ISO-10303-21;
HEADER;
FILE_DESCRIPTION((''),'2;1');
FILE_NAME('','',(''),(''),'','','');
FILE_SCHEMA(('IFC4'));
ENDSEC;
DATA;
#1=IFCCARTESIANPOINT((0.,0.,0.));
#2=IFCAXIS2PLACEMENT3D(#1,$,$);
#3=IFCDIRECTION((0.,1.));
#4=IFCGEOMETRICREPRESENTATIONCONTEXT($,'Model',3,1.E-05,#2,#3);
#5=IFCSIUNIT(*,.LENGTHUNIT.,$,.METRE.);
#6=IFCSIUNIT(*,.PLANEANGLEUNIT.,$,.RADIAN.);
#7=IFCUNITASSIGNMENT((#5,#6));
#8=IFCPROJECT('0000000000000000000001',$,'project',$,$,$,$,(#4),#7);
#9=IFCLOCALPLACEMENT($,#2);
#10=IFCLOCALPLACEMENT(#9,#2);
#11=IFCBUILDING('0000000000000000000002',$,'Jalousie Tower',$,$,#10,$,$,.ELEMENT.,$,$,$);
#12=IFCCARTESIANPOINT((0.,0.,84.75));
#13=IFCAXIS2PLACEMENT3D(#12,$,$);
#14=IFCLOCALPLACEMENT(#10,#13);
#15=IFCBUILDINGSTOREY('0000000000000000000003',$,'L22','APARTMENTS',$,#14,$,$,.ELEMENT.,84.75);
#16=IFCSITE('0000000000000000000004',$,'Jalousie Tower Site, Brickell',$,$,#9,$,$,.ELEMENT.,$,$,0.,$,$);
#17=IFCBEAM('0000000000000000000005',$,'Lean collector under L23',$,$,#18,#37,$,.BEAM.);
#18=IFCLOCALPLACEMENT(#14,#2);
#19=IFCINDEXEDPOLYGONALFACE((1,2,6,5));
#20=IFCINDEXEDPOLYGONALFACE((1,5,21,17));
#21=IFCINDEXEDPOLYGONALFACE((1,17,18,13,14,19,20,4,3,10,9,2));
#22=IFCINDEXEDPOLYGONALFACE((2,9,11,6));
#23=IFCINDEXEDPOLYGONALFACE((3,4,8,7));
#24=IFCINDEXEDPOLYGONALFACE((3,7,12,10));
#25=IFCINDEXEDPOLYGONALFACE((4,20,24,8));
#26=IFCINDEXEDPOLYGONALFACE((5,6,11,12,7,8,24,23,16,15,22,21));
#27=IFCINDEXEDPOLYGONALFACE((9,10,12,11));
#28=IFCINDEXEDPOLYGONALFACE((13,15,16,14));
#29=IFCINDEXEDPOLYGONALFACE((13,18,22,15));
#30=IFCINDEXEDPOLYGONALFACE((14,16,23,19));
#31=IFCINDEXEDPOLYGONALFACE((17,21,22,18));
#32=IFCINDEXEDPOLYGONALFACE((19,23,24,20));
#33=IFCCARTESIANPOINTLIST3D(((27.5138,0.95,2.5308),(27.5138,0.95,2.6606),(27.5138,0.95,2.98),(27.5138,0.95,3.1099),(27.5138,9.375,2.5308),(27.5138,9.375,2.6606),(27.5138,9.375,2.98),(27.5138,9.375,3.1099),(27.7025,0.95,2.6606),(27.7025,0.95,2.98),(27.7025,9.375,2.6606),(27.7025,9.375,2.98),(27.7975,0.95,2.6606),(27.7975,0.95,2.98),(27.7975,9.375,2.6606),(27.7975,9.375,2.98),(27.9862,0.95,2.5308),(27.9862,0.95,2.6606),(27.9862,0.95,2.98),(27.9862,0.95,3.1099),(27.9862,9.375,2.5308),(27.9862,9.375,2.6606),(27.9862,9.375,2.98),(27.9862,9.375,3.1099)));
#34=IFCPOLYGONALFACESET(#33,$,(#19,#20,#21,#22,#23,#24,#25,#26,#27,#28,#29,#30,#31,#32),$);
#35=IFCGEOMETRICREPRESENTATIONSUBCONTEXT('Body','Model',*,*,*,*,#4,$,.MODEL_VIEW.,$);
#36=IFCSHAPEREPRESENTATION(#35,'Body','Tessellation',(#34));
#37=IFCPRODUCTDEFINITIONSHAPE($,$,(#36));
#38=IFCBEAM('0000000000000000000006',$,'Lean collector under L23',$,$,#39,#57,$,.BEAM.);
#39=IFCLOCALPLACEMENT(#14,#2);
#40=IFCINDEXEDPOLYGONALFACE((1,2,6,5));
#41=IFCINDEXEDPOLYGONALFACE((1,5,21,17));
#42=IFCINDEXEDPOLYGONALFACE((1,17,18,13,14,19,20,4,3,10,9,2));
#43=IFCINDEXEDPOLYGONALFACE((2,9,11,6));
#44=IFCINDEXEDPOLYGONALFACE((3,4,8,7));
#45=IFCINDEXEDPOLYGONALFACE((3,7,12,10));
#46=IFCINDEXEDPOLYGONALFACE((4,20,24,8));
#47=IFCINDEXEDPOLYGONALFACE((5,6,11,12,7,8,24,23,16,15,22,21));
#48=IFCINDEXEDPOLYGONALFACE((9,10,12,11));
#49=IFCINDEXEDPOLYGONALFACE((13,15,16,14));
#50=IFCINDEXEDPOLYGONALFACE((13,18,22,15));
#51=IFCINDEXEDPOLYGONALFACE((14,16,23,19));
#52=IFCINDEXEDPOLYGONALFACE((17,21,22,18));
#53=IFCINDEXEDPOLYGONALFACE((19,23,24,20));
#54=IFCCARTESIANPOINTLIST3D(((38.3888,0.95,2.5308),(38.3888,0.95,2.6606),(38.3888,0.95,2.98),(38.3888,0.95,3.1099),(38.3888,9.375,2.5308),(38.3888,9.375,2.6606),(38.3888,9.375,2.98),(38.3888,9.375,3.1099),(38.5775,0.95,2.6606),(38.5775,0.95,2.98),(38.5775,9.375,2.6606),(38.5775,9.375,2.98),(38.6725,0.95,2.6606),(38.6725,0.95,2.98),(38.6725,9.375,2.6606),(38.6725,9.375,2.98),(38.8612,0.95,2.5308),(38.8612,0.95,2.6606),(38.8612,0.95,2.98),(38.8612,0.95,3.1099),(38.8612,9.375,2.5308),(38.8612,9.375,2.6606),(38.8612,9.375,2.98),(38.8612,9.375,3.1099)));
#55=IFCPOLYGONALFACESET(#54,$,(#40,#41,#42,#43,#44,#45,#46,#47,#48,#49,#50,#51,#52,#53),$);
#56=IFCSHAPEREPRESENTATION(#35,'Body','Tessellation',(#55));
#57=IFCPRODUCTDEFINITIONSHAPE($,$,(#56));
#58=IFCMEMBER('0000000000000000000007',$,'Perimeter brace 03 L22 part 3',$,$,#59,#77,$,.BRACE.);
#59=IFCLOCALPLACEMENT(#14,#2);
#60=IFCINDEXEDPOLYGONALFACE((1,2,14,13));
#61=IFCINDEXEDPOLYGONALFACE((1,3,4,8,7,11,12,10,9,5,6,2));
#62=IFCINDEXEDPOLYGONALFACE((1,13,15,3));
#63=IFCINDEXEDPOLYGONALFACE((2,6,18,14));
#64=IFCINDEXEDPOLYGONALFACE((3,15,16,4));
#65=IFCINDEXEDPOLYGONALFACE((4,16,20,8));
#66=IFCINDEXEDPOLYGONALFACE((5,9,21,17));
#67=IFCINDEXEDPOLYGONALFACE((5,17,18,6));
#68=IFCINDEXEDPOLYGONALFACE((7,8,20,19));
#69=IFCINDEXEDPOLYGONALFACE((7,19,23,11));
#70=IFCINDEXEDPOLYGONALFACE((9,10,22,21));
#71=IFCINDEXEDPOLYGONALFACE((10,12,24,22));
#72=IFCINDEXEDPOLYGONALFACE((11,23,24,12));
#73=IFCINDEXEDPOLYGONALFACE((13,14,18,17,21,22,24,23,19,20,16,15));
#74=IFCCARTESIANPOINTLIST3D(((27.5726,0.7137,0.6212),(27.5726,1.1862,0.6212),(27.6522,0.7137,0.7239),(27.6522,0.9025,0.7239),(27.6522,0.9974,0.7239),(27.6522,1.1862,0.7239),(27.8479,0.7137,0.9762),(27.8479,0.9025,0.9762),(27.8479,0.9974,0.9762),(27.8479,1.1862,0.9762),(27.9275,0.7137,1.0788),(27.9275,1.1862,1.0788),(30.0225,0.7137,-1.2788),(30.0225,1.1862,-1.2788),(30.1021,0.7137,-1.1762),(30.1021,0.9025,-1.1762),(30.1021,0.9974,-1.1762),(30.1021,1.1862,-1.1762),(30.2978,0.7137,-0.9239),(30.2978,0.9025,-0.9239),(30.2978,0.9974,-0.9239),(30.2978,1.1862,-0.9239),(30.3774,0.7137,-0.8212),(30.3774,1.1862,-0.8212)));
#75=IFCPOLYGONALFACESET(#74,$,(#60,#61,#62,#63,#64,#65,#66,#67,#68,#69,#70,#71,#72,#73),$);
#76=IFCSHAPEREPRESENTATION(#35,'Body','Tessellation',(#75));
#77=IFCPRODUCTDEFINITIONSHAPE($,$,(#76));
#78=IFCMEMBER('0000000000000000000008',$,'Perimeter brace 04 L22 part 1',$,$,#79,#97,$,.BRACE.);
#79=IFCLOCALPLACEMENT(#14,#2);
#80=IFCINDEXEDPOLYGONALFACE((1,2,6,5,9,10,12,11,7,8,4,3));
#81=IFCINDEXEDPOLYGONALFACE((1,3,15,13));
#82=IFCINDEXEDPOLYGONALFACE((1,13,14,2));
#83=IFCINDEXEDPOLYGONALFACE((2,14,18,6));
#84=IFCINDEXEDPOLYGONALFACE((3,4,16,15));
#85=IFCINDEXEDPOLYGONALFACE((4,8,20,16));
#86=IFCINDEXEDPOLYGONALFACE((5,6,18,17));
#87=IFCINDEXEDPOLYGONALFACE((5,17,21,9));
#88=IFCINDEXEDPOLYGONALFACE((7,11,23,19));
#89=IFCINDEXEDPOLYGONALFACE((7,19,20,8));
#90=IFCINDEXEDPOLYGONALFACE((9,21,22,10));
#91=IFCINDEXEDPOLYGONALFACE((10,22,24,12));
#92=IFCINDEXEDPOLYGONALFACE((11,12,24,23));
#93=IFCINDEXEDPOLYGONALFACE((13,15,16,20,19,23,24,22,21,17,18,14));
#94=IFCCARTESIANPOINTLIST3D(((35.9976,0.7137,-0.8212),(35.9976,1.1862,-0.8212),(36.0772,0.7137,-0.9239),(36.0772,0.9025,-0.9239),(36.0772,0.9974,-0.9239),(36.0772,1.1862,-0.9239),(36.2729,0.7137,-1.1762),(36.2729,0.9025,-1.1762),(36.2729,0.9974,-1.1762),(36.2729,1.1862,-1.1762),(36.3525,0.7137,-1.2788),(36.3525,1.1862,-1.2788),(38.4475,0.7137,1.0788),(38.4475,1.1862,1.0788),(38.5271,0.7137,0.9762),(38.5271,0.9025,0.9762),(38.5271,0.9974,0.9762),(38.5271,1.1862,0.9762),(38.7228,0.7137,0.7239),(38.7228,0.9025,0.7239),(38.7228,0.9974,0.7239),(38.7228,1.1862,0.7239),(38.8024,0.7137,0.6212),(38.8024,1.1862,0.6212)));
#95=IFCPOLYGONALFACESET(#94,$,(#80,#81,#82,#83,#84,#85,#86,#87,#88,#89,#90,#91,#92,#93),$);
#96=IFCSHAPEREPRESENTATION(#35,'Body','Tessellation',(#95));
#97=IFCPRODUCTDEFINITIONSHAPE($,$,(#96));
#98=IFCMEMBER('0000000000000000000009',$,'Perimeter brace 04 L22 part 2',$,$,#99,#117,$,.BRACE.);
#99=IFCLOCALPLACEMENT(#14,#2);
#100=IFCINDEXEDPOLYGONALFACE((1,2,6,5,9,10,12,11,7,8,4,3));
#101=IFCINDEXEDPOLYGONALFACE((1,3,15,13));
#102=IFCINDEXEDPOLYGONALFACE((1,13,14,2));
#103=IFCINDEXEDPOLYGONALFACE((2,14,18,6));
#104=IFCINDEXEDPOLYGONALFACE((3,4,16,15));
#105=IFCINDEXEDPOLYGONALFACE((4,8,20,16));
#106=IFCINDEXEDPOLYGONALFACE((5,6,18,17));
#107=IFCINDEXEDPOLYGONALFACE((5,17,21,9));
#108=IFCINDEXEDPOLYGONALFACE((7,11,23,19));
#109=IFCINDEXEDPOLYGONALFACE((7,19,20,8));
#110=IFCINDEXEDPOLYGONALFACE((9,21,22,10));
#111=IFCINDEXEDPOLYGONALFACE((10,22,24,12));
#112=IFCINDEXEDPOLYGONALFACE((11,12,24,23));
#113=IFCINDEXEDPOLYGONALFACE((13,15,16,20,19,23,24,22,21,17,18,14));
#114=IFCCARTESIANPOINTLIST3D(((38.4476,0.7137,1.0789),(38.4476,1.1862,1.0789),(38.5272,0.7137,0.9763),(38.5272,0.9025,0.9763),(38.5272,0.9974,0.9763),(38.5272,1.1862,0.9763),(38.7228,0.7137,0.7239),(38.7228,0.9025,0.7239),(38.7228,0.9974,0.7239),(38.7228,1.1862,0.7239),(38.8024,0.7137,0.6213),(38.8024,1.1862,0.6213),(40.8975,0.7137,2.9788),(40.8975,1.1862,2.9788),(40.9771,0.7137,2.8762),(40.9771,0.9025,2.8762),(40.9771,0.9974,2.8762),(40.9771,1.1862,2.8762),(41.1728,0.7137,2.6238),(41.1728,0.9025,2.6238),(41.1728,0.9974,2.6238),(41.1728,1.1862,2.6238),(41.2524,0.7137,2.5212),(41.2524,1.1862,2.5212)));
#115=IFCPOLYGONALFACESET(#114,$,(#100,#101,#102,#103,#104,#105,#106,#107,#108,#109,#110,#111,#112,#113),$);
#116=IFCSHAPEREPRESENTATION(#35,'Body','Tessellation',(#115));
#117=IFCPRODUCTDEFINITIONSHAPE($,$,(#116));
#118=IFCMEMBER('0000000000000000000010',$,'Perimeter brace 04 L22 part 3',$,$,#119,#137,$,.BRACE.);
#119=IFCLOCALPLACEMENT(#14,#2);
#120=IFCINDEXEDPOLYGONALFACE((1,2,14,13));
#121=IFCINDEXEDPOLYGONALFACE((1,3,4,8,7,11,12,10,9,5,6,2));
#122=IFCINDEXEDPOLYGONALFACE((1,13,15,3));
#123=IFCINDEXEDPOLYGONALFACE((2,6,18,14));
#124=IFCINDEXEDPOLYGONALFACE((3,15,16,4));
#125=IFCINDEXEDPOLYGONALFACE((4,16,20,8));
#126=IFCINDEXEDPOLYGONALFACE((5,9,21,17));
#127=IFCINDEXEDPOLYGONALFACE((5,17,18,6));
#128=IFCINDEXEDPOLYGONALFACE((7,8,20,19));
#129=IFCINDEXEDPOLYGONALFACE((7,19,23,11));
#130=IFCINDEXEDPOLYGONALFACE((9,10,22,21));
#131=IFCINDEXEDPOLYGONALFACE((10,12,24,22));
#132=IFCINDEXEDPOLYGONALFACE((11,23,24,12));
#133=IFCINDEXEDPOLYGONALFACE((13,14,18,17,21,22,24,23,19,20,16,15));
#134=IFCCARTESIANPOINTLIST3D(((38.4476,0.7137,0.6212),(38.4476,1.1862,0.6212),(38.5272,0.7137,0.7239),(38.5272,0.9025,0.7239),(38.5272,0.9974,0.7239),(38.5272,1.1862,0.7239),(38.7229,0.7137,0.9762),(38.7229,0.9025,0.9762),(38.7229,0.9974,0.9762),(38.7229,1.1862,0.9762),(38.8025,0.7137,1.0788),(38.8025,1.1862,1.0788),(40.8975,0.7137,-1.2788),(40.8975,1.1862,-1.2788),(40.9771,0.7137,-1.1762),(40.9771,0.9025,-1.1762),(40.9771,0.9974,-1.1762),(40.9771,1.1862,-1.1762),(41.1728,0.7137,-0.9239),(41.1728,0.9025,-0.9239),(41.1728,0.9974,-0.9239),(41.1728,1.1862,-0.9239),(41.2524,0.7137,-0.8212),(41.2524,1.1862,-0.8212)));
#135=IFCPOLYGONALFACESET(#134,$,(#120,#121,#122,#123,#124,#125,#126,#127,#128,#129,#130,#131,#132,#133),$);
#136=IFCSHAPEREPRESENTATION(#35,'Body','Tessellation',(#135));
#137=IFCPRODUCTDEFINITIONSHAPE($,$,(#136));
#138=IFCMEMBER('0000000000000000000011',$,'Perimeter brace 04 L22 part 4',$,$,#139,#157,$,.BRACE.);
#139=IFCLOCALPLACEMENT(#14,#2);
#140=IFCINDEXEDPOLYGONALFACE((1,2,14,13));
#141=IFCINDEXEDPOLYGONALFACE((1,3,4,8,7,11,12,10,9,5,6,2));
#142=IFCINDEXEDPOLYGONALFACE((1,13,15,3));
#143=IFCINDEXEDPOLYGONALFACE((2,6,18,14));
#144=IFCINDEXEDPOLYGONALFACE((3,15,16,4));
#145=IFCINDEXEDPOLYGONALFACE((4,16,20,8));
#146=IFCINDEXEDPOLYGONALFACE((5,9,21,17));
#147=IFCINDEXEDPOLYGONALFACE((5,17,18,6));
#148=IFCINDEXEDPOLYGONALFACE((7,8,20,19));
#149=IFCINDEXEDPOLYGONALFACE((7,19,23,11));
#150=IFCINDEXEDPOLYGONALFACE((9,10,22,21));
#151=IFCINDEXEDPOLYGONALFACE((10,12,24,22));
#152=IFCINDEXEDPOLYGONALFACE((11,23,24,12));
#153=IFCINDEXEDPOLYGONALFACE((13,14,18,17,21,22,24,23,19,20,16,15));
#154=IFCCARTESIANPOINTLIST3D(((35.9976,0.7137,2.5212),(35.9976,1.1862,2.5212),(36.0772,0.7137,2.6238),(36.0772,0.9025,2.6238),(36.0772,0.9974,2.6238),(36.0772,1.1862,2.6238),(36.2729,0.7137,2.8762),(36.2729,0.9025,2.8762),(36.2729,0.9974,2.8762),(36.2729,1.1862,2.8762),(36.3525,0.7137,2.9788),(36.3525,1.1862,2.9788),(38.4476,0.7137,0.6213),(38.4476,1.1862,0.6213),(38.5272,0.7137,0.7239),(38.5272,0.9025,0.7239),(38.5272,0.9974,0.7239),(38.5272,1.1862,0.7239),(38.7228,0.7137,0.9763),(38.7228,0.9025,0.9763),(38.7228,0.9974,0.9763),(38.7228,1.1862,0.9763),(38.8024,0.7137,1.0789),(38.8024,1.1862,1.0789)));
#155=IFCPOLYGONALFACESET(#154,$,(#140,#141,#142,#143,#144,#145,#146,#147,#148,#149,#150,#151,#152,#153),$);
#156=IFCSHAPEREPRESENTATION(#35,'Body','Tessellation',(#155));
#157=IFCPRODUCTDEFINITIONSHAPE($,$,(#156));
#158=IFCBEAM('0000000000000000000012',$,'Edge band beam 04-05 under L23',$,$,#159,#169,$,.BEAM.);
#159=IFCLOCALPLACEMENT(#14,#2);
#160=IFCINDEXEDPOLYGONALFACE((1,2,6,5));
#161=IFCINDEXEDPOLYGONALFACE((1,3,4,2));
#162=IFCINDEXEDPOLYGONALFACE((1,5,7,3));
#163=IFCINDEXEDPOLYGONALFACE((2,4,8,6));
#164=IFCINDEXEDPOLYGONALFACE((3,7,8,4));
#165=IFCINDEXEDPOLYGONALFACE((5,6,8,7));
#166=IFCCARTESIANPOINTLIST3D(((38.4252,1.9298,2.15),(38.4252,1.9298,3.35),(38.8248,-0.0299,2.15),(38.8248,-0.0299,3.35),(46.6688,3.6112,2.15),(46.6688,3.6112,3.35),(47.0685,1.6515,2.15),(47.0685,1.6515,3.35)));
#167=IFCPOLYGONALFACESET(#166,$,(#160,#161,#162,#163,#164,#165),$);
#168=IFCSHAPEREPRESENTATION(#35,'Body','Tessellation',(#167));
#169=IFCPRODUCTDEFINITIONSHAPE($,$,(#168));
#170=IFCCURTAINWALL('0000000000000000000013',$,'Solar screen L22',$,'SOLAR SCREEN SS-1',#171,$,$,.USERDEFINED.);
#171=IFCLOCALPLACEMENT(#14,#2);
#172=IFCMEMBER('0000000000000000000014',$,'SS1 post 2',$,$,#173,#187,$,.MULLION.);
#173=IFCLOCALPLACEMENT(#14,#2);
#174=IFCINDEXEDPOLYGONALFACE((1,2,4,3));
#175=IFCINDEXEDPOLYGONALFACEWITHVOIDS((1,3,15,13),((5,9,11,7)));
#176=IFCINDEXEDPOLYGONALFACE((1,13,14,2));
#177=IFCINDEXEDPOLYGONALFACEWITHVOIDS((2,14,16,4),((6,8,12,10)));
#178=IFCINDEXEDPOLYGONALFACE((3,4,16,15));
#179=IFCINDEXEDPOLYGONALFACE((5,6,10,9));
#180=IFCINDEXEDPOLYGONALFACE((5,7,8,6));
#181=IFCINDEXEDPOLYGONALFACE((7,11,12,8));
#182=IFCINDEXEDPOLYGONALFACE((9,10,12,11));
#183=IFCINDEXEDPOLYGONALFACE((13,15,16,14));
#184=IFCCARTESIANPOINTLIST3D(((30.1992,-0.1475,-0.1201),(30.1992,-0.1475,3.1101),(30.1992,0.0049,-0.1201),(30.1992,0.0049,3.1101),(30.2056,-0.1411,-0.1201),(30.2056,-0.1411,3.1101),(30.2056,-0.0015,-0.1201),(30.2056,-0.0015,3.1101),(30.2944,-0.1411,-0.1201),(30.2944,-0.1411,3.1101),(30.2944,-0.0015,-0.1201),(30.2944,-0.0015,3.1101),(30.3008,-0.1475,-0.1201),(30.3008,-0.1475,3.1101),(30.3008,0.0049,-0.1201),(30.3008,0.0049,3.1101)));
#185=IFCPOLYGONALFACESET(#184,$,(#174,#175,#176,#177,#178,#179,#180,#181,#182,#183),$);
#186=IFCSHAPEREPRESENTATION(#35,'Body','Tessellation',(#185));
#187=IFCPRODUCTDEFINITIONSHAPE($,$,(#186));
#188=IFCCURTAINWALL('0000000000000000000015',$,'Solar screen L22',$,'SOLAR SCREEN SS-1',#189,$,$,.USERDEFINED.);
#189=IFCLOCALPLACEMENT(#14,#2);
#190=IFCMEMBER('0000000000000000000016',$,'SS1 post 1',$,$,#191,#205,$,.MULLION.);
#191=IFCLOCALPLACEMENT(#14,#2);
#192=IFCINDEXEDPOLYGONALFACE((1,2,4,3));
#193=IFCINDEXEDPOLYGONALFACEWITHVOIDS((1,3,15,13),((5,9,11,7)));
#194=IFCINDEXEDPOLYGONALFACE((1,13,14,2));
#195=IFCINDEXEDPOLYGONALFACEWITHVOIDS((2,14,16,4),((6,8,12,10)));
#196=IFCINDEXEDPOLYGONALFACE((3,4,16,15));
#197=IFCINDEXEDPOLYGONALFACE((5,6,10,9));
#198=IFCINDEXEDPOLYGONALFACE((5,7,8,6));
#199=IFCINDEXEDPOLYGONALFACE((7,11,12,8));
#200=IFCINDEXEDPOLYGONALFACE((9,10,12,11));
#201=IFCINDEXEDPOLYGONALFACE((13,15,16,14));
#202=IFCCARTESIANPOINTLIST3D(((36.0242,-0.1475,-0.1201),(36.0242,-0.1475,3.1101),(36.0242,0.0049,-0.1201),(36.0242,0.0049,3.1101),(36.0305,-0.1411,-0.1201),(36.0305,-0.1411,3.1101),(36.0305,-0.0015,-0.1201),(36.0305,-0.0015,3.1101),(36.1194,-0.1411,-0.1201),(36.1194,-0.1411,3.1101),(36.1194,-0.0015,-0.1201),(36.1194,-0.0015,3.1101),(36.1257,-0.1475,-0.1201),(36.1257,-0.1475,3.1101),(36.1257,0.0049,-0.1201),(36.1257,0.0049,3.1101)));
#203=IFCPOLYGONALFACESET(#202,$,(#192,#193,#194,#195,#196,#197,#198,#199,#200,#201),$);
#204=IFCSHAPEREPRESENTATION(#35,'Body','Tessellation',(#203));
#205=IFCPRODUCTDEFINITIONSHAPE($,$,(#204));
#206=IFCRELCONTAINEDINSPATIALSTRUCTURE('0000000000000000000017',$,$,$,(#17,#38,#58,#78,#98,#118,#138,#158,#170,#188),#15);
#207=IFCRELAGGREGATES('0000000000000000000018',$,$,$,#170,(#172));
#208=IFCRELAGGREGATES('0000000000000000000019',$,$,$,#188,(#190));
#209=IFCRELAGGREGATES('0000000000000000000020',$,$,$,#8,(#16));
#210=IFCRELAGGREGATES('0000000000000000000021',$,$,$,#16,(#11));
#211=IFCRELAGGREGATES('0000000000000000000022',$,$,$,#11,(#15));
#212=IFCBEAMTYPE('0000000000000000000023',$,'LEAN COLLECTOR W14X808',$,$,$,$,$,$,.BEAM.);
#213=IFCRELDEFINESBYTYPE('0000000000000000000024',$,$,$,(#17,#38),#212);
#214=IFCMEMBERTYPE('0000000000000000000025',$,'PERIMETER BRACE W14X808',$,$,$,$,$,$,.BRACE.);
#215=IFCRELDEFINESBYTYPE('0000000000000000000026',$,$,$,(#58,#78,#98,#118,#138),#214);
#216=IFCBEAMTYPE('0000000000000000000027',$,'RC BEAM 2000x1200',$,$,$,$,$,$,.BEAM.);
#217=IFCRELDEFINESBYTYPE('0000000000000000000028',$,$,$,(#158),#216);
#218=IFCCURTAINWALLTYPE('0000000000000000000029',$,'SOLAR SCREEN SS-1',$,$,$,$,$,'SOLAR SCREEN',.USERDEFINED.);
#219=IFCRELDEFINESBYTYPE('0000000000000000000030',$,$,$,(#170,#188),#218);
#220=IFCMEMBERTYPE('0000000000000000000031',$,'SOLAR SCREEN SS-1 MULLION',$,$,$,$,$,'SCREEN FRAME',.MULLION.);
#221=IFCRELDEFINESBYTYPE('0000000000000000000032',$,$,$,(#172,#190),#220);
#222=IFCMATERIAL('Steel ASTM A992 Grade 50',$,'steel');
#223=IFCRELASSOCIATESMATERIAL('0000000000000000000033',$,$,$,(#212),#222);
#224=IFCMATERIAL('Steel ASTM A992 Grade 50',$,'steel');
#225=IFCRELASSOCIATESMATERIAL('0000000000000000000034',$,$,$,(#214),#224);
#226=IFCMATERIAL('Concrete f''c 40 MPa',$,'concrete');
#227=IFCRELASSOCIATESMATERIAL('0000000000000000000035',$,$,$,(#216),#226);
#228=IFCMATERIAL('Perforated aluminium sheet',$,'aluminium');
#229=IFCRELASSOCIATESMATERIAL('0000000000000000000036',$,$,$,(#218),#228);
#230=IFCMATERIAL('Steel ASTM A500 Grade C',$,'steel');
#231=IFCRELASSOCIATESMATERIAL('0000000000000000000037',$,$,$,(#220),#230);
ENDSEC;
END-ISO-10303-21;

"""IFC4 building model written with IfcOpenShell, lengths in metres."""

from ifc_helpers import new_model, si_unit, direction, frame, origin, origin_2d, place, context, subcontext, project, spatial, rectangle, hollow_rectangle, i_section, extrude, material, material_profile, profile_set, type_object, element, aggregate, save


model = new_model("IFC4")

# Units and contexts
model_context = context("Model", 3, precision=1e-05, world=origin(), true_north=direction((0.0, 1.0)))
body_context = subcontext(model_context, "Body", "Model", "MODEL_VIEW")
ifc_project = project(units=[si_unit("LENGTHUNIT", "METRE"), si_unit("PLANEANGLEUNIT", "RADIAN")], contexts=[model_context])

# Site, building, storey
site_placement = place(None, origin())
site = spatial("IfcSite", under=ifc_project, at=site_placement, Name="Jalousie Tower Site, Brickell", CompositionType="ELEMENT", RefElevation=0.0)
building_placement = place(site_placement, origin())
building = spatial("IfcBuilding", under=site, at=building_placement, Name="Jalousie Tower", CompositionType="ELEMENT")
storey_placement = place(building_placement, frame((0.0, 0.0, 84.75)))
storey = spatial("IfcBuildingStorey", under=building, at=storey_placement, Name="L22", Description="APARTMENTS", CompositionType="ELEMENT", Elevation=84.75)

# Beams
ifc_material_1 = material(Name="Steel ASTM A992 Grade 50", Category="steel")
ifc_material_profile_1 = material_profile(ifc_material_1, i_section(OverallWidth=0.4724, OverallDepth=0.5791, WebThickness=0.095, FlangeThickness=0.1299, at=origin_2d()), Name="W14X808")
ifc_profile_set_1 = profile_set([ifc_material_profile_1], Name="Steel ASTM A992 Grade 50")
beam_type_1 = type_object("IfcBeamType", Name="LEAN COLLECTOR W14X808", PredefinedType="BEAM", material=ifc_profile_set_1)
for number, where, z_axis, x_axis, name in (
    (1, (27.75, 0.95, 2.8203), (0.0, 1.0, 0.0), (-1.0, 0.0, 0.0), "Lean collector under L23"),
    (2, (38.625, 0.95, 2.8203), (0.0, 1.0, 0.0), (-1.0, 0.0, 0.0), "Lean collector under L23"),
):
    element("IfcBeam", number, at=place(storey_placement, frame(where, z_axis=z_axis, x_axis=x_axis)), inside=storey, type_object=beam_type_1, Name=name, PredefinedType="BEAM", context=body_context, shape_type="SweptSolid", body=[
        extrude(i_section(OverallWidth=0.4724, OverallDepth=0.5791, WebThickness=0.095, FlangeThickness=0.1299, at=origin_2d()), origin(), (0.0, 0.0, 1.0), 8.425),
    ])

# Members
ifc_material_2 = material(Name="Steel ASTM A992 Grade 50", Category="steel")
ifc_material_profile_2 = material_profile(ifc_material_2, i_section(OverallWidth=0.4724, OverallDepth=0.5791, WebThickness=0.095, FlangeThickness=0.1299, at=origin_2d()), Name="W14X808")
ifc_profile_set_2 = profile_set([ifc_material_profile_2], Name="Steel ASTM A992 Grade 50")
member_type_1 = type_object("IfcMemberType", Name="PERIMETER BRACE W14X808", PredefinedType="BRACE", material=ifc_profile_set_2)
for number, where, z_axis, x_axis, name in (
    (3, (30.2, 0.95, -1.05), (-0.790191, 0.0, 0.612861), (0.0, -1.0, 0.0), "Perimeter brace 03 L22 part 3"),
    (4, (36.175, 0.95, -1.05), (0.790191, 0.0, 0.612861), (0.0, 1.0, 0.0), "Perimeter brace 04 L22 part 1"),
    (5, (38.625, 0.95, 0.8501), (0.790229, 0.0, 0.612811), (0.0, 1.0, 0.0), "Perimeter brace 04 L22 part 2"),
    (6, (41.075, 0.95, -1.05), (-0.790191, 0.0, 0.612861), (0.0, -1.0, 0.0), "Perimeter brace 04 L22 part 3"),
    (7, (38.625, 0.95, 0.8501), (-0.790229, 0.0, 0.612811), (0.0, -1.0, 0.0), "Perimeter brace 04 L22 part 4"),
):
    element("IfcMember", number, at=place(storey_placement, frame(where, z_axis=z_axis, x_axis=x_axis)), inside=storey, type_object=member_type_1, Name=name, PredefinedType="BRACE", context=body_context, shape_type="SweptSolid", body=[
        extrude(i_section(OverallWidth=0.4724, OverallDepth=0.5791, WebThickness=0.095, FlangeThickness=0.1299, at=origin_2d()), origin(), (0.0, 0.0, 1.0), 3.1003),
    ])

# Beam
ifc_material_3 = material(Name="Concrete f'c 40 MPa", Category="concrete")
ifc_material_profile_3 = material_profile(ifc_material_3, rectangle(XDim=2.0, YDim=1.2, at=origin_2d()), Name="RC 2000x1200")
ifc_profile_set_3 = profile_set([ifc_material_profile_3], Name="Concrete f'c 40 MPa")
beam_type_2 = type_object("IfcBeamType", Name="RC BEAM 2000x1200", PredefinedType="BEAM", material=ifc_profile_set_3)
beam_placement = place(storey_placement, frame((38.625, 0.95, 2.75), z_axis=(0.979827, 0.199848, 0.0), x_axis=(-0.199848, 0.979827, 0.0)))
element("IfcBeam", 8, at=beam_placement, inside=storey, type_object=beam_type_2, Name="Edge band beam 04-05 under L23", PredefinedType="BEAM", context=body_context, shape_type="SweptSolid", body=[
    extrude(rectangle(XDim=2.0, YDim=1.2, at=origin_2d()), origin(), (0.0, 0.0, 1.0), 8.4133),
])

# Curtain wall, member
ifc_material_4 = material(Name="Perforated aluminium sheet", Category="aluminium")
curtain_wall_type = type_object("IfcCurtainWallType", Name="SOLAR SCREEN SS-1", ElementType="SOLAR SCREEN", PredefinedType="USERDEFINED", material=ifc_material_4)
curtain_wall_1_placement = place(storey_placement, origin())
curtain_wall_1 = element("IfcCurtainWall", 9, at=curtain_wall_1_placement, inside=storey, type_object=curtain_wall_type, Name="Solar screen L22", ObjectType="SOLAR SCREEN SS-1", PredefinedType="USERDEFINED")
ifc_material_5 = material(Name="Steel ASTM A500 Grade C", Category="steel")
ifc_material_profile_4 = material_profile(ifc_material_5, hollow_rectangle(XDim=0.1016, YDim=0.1523, WallThickness=0.0063, at=origin_2d()), Name="HSS6X4X1/4")
ifc_profile_set_4 = profile_set([ifc_material_profile_4], Name="Steel ASTM A500 Grade C")
member_type_2 = type_object("IfcMemberType", Name="SOLAR SCREEN SS-1 MULLION", ElementType="SCREEN FRAME", PredefinedType="MULLION", material=ifc_profile_set_4)
member_1_placement = place(storey_placement, frame((30.25, -0.0713, -0.1201), z_axis=(0.0, 0.0, 1.0), x_axis=(1.0, 0.0, 0.0)))
member_1 = element("IfcMember", 10, at=member_1_placement, type_object=member_type_2, Name="SS1 post 2", PredefinedType="MULLION", context=body_context, shape_type="SweptSolid", body=[
    extrude(hollow_rectangle(XDim=0.1016, YDim=0.1523, WallThickness=0.0063, at=origin_2d()), origin(), (0.0, 0.0, 1.0), 3.2302),
])
aggregate(curtain_wall_1, [member_1])

# Curtain wall, member
curtain_wall_2_placement = place(storey_placement, origin())
curtain_wall_2 = element("IfcCurtainWall", 11, at=curtain_wall_2_placement, inside=storey, type_object=curtain_wall_type, Name="Solar screen L22", ObjectType="SOLAR SCREEN SS-1", PredefinedType="USERDEFINED")
member_2_placement = place(storey_placement, frame((36.075, -0.0713, -0.1201), z_axis=(0.0, 0.0, 1.0), x_axis=(1.0, 0.0, 0.0)))
member_2 = element("IfcMember", 12, at=member_2_placement, type_object=member_type_2, Name="SS1 post 1", PredefinedType="MULLION", context=body_context, shape_type="SweptSolid", body=[
    extrude(hollow_rectangle(XDim=0.1016, YDim=0.1523, WallThickness=0.0063, at=origin_2d()), origin(), (0.0, 0.0, 1.0), 3.2302),
])
aggregate(curtain_wall_2, [member_2])

save(model, "model.ifc")
